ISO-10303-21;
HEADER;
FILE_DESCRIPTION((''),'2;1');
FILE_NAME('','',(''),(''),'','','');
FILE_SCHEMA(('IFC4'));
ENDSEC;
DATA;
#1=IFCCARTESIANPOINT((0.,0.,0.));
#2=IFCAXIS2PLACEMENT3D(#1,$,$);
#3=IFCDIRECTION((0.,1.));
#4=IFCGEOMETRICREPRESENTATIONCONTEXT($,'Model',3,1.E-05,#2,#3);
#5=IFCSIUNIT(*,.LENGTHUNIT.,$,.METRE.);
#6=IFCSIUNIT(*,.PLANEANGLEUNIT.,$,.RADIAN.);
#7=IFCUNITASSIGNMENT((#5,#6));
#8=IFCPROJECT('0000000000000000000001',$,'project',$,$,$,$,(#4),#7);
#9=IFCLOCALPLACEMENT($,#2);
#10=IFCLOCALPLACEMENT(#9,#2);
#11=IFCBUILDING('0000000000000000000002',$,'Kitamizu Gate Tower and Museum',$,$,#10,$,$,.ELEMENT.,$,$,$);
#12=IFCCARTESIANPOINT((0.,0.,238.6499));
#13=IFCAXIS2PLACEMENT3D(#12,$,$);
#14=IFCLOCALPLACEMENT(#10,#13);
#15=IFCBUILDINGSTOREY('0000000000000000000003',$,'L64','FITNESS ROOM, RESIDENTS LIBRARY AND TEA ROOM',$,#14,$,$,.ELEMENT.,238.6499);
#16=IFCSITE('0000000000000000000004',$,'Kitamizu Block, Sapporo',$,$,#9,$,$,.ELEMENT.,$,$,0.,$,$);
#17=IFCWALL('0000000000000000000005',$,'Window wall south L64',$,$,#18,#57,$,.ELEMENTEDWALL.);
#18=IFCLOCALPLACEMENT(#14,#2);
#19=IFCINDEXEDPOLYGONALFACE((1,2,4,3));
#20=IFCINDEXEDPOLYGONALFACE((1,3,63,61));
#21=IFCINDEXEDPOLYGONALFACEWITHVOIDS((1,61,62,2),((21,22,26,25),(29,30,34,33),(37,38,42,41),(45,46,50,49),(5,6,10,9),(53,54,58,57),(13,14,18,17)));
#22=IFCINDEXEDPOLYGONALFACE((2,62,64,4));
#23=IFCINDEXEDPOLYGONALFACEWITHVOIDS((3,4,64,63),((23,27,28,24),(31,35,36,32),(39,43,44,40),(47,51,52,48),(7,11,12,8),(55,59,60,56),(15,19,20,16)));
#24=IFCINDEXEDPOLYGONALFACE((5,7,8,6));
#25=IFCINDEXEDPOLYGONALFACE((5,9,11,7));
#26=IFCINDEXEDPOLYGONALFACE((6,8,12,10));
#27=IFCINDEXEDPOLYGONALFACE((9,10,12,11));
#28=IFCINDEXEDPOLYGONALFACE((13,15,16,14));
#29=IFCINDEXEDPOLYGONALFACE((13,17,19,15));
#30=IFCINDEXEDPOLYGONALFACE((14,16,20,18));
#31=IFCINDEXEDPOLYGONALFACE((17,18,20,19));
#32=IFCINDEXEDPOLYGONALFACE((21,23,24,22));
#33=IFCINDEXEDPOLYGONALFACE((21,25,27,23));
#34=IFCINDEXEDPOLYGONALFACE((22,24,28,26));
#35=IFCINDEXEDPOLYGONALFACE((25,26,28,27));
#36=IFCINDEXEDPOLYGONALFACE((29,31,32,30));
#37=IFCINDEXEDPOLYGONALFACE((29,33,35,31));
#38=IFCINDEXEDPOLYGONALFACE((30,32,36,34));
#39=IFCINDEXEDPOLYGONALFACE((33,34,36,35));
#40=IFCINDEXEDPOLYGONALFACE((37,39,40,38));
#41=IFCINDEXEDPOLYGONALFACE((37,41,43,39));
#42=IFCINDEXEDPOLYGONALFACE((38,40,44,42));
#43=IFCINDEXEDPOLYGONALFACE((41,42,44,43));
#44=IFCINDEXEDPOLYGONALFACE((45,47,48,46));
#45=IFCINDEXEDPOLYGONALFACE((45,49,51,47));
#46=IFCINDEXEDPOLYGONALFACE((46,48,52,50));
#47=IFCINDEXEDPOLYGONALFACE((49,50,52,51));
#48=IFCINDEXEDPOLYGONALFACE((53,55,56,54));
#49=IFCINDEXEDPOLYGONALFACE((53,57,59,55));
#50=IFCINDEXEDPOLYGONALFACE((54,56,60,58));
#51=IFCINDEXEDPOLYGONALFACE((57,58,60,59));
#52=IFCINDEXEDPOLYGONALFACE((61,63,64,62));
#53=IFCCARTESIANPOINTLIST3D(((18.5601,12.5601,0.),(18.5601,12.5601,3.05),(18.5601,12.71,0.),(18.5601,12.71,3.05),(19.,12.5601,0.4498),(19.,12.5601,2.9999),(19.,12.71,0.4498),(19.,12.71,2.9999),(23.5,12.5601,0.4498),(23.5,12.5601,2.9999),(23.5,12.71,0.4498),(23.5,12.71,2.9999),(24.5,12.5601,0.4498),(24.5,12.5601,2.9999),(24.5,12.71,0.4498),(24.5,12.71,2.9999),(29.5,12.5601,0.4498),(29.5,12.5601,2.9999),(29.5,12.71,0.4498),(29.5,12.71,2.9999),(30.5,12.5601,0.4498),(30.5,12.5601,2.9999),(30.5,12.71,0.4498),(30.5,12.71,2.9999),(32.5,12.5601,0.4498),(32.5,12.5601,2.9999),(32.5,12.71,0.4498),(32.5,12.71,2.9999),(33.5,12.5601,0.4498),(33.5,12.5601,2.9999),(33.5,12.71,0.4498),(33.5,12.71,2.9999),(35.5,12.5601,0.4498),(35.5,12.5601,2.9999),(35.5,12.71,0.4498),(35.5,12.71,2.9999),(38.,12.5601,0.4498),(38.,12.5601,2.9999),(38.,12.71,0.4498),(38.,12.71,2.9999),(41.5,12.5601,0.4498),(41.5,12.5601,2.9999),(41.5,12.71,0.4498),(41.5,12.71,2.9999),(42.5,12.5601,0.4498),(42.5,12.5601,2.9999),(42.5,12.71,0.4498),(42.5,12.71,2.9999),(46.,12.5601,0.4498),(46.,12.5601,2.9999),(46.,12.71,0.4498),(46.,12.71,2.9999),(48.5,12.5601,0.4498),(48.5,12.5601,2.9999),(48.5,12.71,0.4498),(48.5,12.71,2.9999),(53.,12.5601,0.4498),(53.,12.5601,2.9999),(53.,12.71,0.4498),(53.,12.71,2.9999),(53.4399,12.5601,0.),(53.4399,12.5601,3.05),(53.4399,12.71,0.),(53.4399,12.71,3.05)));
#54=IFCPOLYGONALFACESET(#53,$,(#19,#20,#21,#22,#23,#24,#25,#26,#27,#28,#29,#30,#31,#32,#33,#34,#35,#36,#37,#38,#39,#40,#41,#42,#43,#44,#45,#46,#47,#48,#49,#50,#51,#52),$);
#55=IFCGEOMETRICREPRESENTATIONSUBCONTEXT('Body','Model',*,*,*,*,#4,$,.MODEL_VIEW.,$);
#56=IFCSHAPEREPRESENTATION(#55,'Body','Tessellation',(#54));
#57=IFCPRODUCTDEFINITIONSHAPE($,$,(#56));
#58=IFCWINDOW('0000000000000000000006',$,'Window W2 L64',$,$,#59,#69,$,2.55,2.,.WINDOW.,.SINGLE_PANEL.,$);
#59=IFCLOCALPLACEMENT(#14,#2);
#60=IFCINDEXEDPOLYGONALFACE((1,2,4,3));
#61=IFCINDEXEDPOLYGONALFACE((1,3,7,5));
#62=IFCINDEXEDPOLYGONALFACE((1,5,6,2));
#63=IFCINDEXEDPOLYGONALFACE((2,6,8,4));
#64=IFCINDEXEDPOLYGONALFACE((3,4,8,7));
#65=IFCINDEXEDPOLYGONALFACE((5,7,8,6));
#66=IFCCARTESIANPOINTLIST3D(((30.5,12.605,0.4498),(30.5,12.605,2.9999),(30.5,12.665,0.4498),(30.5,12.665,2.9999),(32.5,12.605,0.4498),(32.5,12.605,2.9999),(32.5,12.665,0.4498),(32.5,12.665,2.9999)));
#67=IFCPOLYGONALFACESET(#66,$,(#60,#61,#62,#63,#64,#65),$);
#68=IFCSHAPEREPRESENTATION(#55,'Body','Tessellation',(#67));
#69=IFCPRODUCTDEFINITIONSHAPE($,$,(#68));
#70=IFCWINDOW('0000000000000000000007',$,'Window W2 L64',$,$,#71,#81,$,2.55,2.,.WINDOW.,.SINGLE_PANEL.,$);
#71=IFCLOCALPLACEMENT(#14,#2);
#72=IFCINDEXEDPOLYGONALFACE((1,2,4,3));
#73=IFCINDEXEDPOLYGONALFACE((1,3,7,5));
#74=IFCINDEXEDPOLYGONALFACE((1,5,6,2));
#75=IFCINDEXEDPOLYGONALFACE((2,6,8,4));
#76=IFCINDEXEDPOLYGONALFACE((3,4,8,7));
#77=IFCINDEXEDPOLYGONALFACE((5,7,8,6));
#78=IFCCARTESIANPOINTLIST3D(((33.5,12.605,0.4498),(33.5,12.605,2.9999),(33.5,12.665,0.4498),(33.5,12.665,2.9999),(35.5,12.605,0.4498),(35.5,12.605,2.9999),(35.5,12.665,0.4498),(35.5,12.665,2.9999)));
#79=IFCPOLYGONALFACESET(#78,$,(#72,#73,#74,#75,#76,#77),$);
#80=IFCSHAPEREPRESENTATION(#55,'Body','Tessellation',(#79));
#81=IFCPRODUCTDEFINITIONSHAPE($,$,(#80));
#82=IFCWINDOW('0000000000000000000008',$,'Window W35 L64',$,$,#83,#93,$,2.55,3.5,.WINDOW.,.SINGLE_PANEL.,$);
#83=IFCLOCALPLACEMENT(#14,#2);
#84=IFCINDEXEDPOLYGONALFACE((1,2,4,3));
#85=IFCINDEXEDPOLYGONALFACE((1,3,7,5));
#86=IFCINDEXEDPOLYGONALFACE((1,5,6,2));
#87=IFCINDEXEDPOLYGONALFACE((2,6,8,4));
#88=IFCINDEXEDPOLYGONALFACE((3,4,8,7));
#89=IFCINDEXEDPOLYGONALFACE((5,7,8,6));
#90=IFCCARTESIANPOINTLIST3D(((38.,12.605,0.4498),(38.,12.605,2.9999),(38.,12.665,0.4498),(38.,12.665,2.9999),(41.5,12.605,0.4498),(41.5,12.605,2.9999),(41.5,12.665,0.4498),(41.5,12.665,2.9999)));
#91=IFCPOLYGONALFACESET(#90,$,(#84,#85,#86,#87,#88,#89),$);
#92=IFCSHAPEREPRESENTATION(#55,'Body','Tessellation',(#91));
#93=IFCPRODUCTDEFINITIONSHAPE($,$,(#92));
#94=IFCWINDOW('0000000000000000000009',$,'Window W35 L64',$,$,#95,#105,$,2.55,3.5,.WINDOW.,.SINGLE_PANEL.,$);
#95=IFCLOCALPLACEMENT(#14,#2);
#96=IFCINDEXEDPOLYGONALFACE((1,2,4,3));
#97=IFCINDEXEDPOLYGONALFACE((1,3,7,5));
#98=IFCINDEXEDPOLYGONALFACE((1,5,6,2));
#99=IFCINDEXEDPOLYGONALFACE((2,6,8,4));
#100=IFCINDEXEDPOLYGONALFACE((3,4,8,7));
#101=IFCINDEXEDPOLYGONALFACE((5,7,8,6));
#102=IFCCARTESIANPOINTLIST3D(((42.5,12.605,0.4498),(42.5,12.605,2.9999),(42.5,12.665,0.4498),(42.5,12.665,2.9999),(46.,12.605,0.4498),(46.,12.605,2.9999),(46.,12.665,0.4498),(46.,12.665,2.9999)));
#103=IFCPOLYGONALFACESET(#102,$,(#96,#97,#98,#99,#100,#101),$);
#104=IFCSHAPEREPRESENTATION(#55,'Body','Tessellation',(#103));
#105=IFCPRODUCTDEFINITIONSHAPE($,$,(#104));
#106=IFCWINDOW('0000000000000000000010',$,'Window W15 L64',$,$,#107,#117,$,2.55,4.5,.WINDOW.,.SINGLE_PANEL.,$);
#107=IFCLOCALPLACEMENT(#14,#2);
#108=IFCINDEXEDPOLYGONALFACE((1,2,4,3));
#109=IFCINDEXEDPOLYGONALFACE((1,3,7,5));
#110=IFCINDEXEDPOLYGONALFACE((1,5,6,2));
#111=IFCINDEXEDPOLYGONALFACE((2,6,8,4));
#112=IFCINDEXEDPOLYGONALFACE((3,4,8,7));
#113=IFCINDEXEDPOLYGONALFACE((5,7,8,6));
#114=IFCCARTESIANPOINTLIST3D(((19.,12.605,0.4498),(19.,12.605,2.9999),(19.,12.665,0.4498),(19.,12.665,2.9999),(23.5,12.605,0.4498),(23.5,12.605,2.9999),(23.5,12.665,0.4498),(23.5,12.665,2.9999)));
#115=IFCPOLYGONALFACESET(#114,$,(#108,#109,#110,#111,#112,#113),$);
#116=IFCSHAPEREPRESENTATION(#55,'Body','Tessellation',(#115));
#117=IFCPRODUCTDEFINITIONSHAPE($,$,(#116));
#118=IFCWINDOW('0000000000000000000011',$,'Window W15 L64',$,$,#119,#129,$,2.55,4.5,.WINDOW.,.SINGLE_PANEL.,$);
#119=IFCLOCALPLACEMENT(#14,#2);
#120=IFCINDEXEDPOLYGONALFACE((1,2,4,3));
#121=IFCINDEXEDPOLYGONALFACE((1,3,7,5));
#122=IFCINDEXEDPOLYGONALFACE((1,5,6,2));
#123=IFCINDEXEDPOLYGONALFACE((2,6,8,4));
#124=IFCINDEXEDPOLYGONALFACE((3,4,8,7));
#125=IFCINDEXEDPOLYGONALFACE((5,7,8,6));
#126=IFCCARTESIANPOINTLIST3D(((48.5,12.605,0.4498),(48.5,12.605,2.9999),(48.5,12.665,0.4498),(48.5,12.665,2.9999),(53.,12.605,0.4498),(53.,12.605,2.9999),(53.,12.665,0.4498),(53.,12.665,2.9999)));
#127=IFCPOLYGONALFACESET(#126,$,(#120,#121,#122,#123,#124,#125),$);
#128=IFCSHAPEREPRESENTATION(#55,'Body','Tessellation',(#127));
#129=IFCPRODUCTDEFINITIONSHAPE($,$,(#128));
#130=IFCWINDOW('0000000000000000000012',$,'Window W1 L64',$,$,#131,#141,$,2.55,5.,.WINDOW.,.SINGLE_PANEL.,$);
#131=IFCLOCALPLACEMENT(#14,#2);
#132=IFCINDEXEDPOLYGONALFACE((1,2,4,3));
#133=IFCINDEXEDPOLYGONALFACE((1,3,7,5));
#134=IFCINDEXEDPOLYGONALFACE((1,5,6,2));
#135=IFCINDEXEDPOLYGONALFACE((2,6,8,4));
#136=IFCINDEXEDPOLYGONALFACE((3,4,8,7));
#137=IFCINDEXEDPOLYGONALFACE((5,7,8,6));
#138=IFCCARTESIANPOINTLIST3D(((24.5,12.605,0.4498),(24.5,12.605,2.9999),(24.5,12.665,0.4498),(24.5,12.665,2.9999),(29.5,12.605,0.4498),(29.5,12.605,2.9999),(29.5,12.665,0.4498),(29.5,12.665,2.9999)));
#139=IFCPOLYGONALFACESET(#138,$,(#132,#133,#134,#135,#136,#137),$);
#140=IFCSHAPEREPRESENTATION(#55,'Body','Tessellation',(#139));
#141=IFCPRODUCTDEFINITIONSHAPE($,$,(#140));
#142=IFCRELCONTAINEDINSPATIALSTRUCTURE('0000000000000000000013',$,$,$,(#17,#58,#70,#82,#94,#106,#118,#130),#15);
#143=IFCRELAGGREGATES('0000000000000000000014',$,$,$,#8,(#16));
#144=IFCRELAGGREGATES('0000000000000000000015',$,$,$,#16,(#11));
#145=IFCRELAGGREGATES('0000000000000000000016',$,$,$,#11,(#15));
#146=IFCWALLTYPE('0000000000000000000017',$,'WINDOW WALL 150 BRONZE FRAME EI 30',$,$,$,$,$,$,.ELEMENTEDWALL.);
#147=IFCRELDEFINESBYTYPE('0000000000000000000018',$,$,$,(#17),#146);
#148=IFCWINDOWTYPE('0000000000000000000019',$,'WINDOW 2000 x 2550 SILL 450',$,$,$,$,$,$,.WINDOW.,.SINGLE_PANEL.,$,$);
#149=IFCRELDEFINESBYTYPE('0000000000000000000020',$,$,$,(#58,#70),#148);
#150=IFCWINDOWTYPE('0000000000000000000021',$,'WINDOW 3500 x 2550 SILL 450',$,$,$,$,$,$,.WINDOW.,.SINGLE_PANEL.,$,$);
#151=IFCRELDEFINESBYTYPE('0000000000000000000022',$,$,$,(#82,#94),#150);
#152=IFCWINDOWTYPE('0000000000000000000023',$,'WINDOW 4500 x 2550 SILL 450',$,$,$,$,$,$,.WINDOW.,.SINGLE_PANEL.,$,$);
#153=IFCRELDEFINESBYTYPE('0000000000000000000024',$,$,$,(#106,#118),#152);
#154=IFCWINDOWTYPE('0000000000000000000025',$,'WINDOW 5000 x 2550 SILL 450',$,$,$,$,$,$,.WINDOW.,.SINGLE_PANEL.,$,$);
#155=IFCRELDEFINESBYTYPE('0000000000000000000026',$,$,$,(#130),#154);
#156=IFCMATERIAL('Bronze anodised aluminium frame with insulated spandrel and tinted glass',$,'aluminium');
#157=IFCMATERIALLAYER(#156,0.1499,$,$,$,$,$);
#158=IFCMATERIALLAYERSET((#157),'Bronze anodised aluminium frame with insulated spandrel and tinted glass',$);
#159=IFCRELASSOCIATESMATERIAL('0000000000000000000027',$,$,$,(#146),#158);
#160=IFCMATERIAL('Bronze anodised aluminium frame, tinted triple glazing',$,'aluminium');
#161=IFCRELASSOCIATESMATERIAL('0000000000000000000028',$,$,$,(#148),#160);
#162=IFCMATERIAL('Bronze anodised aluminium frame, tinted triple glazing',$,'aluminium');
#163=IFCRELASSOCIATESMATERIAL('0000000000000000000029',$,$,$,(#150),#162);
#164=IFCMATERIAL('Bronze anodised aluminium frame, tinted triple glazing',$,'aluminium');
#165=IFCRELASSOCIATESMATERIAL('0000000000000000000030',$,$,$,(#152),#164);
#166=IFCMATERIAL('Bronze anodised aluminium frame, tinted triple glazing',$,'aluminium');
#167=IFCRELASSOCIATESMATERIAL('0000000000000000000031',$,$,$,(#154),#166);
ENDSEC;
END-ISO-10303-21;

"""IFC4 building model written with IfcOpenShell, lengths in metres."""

from ifc_helpers import new_model, si_unit, direction, frame, frame_2d, origin, place, context, subcontext, project, spatial, rectangle, extrude, material, layer, layer_set, type_object, element, fill, save


model = new_model("IFC4")

# Units and contexts
model_context = context("Model", 3, precision=1e-05, world=origin(), true_north=direction((0.0, 1.0)))
body_context = subcontext(model_context, "Body", "Model", "MODEL_VIEW")
ifc_project = project(units=[si_unit("LENGTHUNIT", "METRE"), si_unit("PLANEANGLEUNIT", "RADIAN")], contexts=[model_context])

# Site, building, storey
site_placement = place(None, origin())
site = spatial("IfcSite", under=ifc_project, at=site_placement, Name="Kitamizu Block, Sapporo", CompositionType="ELEMENT", RefElevation=0.0)
building_placement = place(site_placement, origin())
building = spatial("IfcBuilding", under=site, at=building_placement, Name="Kitamizu Gate Tower and Museum", CompositionType="ELEMENT")
storey_placement = place(building_placement, frame((0.0, 0.0, 238.6499)))
storey = spatial("IfcBuildingStorey", under=building, at=storey_placement, Name="L64", Description="FITNESS ROOM, RESIDENTS LIBRARY AND TEA ROOM", CompositionType="ELEMENT", Elevation=238.6499)

# Wall, openings, windows
ifc_material_1 = material(Name="Bronze anodised aluminium frame with insulated spandrel and tinted glass", Category="aluminium")
ifc_layer_1 = layer(ifc_material_1, 0.1499)
ifc_layer_set_1 = layer_set([ifc_layer_1], Name="Bronze anodised aluminium frame with insulated spandrel and tinted glass")
wall_type_1 = type_object("IfcWallType", Name="WINDOW WALL 150 BRONZE FRAME EI 30", PredefinedType="ELEMENTEDWALL", material=ifc_layer_set_1)
wall_1_placement = place(storey_placement, frame((18.5601, 12.635, 0.0), z_axis=(0.0, 0.0, 1.0), x_axis=(1.0, 0.0, 0.0)))
wall_1 = element("IfcWall", 1, at=wall_1_placement, inside=storey, type_object=wall_type_1, Name="Window wall south L64", PredefinedType="ELEMENTEDWALL", context=body_context, shape_type="SweptSolid", body=[
    extrude(rectangle(XDim=34.8799, YDim=0.1499, at=frame_2d((17.4399, 0.0))), origin(), (0.0, 0.0, 1.0), 3.05),
])
opening_1_placement = place(wall_1_placement, frame((0.4399, 0.0, 0.45)))
opening_1 = element("IfcOpeningElement", 2, at=opening_1_placement, cuts=wall_1, PredefinedType="OPENING", context=body_context, shape_type="SweptSolid", body=[
    extrude(rectangle(XDim=4.5, YDim=2.55, at=frame_2d((2.25, 1.2749))), frame((0.0, 0.085, 0.0), z_axis=(0.0, -1.0, 0.0), x_axis=(1.0, 0.0, 0.0)), (0.0, 0.0, 1.0), 0.1699),
])
opening_2_placement = place(wall_1_placement, frame((5.9399, 0.0, 0.45)))
opening_2 = element("IfcOpeningElement", 3, at=opening_2_placement, cuts=wall_1, PredefinedType="OPENING", context=body_context, shape_type="SweptSolid", body=[
    extrude(rectangle(XDim=5.0, YDim=2.55, at=frame_2d((2.5, 1.2749))), frame((0.0, 0.085, 0.0), z_axis=(0.0, -1.0, 0.0), x_axis=(1.0, 0.0, 0.0)), (0.0, 0.0, 1.0), 0.1699),
])
opening_3_placement = place(wall_1_placement, frame((11.9399, 0.0, 0.45)))
opening_3 = element("IfcOpeningElement", 4, at=opening_3_placement, cuts=wall_1, PredefinedType="OPENING", context=body_context, shape_type="SweptSolid", body=[
    extrude(rectangle(XDim=2.0, YDim=2.55, at=frame_2d((1.0, 1.2749))), frame((0.0, 0.085, 0.0), z_axis=(0.0, -1.0, 0.0), x_axis=(1.0, 0.0, 0.0)), (0.0, 0.0, 1.0), 0.1699),
])
opening_4_placement = place(wall_1_placement, frame((14.9399, 0.0, 0.45)))
opening_4 = element("IfcOpeningElement", 5, at=opening_4_placement, cuts=wall_1, PredefinedType="OPENING", context=body_context, shape_type="SweptSolid", body=[
    extrude(rectangle(XDim=2.0, YDim=2.55, at=frame_2d((1.0, 1.2749))), frame((0.0, 0.085, 0.0), z_axis=(0.0, -1.0, 0.0), x_axis=(1.0, 0.0, 0.0)), (0.0, 0.0, 1.0), 0.1699),
])
opening_5_placement = place(wall_1_placement, frame((19.4399, 0.0, 0.45)))
opening_5 = element("IfcOpeningElement", 6, at=opening_5_placement, cuts=wall_1, PredefinedType="OPENING", context=body_context, shape_type="SweptSolid", body=[
    extrude(rectangle(XDim=3.5, YDim=2.55, at=frame_2d((1.75, 1.2749))), frame((0.0, 0.085, 0.0), z_axis=(0.0, -1.0, 0.0), x_axis=(1.0, 0.0, 0.0)), (0.0, 0.0, 1.0), 0.1699),
])
opening_6_placement = place(wall_1_placement, frame((23.9399, 0.0, 0.45)))
opening_6 = element("IfcOpeningElement", 7, at=opening_6_placement, cuts=wall_1, PredefinedType="OPENING", context=body_context, shape_type="SweptSolid", body=[
    extrude(rectangle(XDim=3.5, YDim=2.55, at=frame_2d((1.75, 1.2749))), frame((0.0, 0.085, 0.0), z_axis=(0.0, -1.0, 0.0), x_axis=(1.0, 0.0, 0.0)), (0.0, 0.0, 1.0), 0.1699),
])
opening_7_placement = place(wall_1_placement, frame((29.9399, 0.0, 0.45)))
opening_7 = element("IfcOpeningElement", 8, at=opening_7_placement, cuts=wall_1, PredefinedType="OPENING", context=body_context, shape_type="SweptSolid", body=[
    extrude(rectangle(XDim=4.5, YDim=2.55, at=frame_2d((2.25, 1.2749))), frame((0.0, 0.085, 0.0), z_axis=(0.0, -1.0, 0.0), x_axis=(1.0, 0.0, 0.0)), (0.0, 0.0, 1.0), 0.1699),
])
ifc_material_2 = material(Name="Bronze anodised aluminium frame, tinted triple glazing", Category="aluminium")
window_type_1 = type_object("IfcWindowType", Name="WINDOW 2000 x 2550 SILL 450", PartitioningType="SINGLE_PANEL", PredefinedType="WINDOW", material=ifc_material_2)
window_1_placement = place(opening_3_placement, origin())
window_1 = element("IfcWindow", 9, at=window_1_placement, inside=storey, type_object=window_type_1, Name="Window W2 L64", OverallHeight=2.55, OverallWidth=2.0, PartitioningType="SINGLE_PANEL", PredefinedType="WINDOW", context=body_context, shape_type="SweptSolid", body=[
    extrude(rectangle(XDim=2.0, YDim=2.55, at=frame_2d((1.0, 1.2749))), frame((0.0, 0.03, 0.0), z_axis=(0.0, -1.0, 0.0), x_axis=(1.0, 0.0, 0.0)), (0.0, 0.0, 1.0), 0.0601),
])
fill(opening_3, window_1)
window_2_placement = place(opening_4_placement, origin())
window_2 = element("IfcWindow", 10, at=window_2_placement, inside=storey, type_object=window_type_1, Name="Window W2 L64", OverallHeight=2.55, OverallWidth=2.0, PartitioningType="SINGLE_PANEL", PredefinedType="WINDOW", context=body_context, shape_type="SweptSolid", body=[
    extrude(rectangle(XDim=2.0, YDim=2.55, at=frame_2d((1.0, 1.2749))), frame((0.0, 0.03, 0.0), z_axis=(0.0, -1.0, 0.0), x_axis=(1.0, 0.0, 0.0)), (0.0, 0.0, 1.0), 0.0601),
])
fill(opening_4, window_2)
ifc_material_3 = material(Name="Bronze anodised aluminium frame, tinted triple glazing", Category="aluminium")
window_type_2 = type_object("IfcWindowType", Name="WINDOW 3500 x 2550 SILL 450", PartitioningType="SINGLE_PANEL", PredefinedType="WINDOW", material=ifc_material_3)
window_3_placement = place(opening_5_placement, origin())
window_3 = element("IfcWindow", 11, at=window_3_placement, inside=storey, type_object=window_type_2, Name="Window W35 L64", OverallHeight=2.55, OverallWidth=3.5, PartitioningType="SINGLE_PANEL", PredefinedType="WINDOW", context=body_context, shape_type="SweptSolid", body=[
    extrude(rectangle(XDim=3.5, YDim=2.55, at=frame_2d((1.75, 1.2749))), frame((0.0, 0.03, 0.0), z_axis=(0.0, -1.0, 0.0), x_axis=(1.0, 0.0, 0.0)), (0.0, 0.0, 1.0), 0.0601),
])
fill(opening_5, window_3)
window_4_placement = place(opening_6_placement, origin())
window_4 = element("IfcWindow", 12, at=window_4_placement, inside=storey, type_object=window_type_2, Name="Window W35 L64", OverallHeight=2.55, OverallWidth=3.5, PartitioningType="SINGLE_PANEL", PredefinedType="WINDOW", context=body_context, shape_type="SweptSolid", body=[
    extrude(rectangle(XDim=3.5, YDim=2.55, at=frame_2d((1.75, 1.2749))), frame((0.0, 0.03, 0.0), z_axis=(0.0, -1.0, 0.0), x_axis=(1.0, 0.0, 0.0)), (0.0, 0.0, 1.0), 0.0601),
])
fill(opening_6, window_4)
ifc_material_4 = material(Name="Bronze anodised aluminium frame, tinted triple glazing", Category="aluminium")
window_type_3 = type_object("IfcWindowType", Name="WINDOW 4500 x 2550 SILL 450", PartitioningType="SINGLE_PANEL", PredefinedType="WINDOW", material=ifc_material_4)
window_5_placement = place(opening_1_placement, origin())
window_5 = element("IfcWindow", 13, at=window_5_placement, inside=storey, type_object=window_type_3, Name="Window W15 L64", OverallHeight=2.55, OverallWidth=4.5, PartitioningType="SINGLE_PANEL", PredefinedType="WINDOW", context=body_context, shape_type="SweptSolid", body=[
    extrude(rectangle(XDim=4.5, YDim=2.55, at=frame_2d((2.25, 1.2749))), frame((0.0, 0.03, 0.0), z_axis=(0.0, -1.0, 0.0), x_axis=(1.0, 0.0, 0.0)), (0.0, 0.0, 1.0), 0.0601),
])
fill(opening_1, window_5)
window_6_placement = place(opening_7_placement, origin())
window_6 = element("IfcWindow", 14, at=window_6_placement, inside=storey, type_object=window_type_3, Name="Window W15 L64", OverallHeight=2.55, OverallWidth=4.5, PartitioningType="SINGLE_PANEL", PredefinedType="WINDOW", context=body_context, shape_type="SweptSolid", body=[
    extrude(rectangle(XDim=4.5, YDim=2.55, at=frame_2d((2.25, 1.2749))), frame((0.0, 0.03, 0.0), z_axis=(0.0, -1.0, 0.0), x_axis=(1.0, 0.0, 0.0)), (0.0, 0.0, 1.0), 0.0601),
])
fill(opening_7, window_6)
ifc_material_5 = material(Name="Bronze anodised aluminium frame, tinted triple glazing", Category="aluminium")
window_type_4 = type_object("IfcWindowType", Name="WINDOW 5000 x 2550 SILL 450", PartitioningType="SINGLE_PANEL", PredefinedType="WINDOW", material=ifc_material_5)
window_7_placement = place(opening_2_placement, origin())
window_7 = element("IfcWindow", 15, at=window_7_placement, inside=storey, type_object=window_type_4, Name="Window W1 L64", OverallHeight=2.55, OverallWidth=5.0, PartitioningType="SINGLE_PANEL", PredefinedType="WINDOW", context=body_context, shape_type="SweptSolid", body=[
    extrude(rectangle(XDim=5.0, YDim=2.55, at=frame_2d((2.5, 1.2749))), frame((0.0, 0.03, 0.0), z_axis=(0.0, -1.0, 0.0), x_axis=(1.0, 0.0, 0.0)), (0.0, 0.0, 1.0), 0.0601),
])
fill(opening_2, window_7)

save(model, "model.ifc")
